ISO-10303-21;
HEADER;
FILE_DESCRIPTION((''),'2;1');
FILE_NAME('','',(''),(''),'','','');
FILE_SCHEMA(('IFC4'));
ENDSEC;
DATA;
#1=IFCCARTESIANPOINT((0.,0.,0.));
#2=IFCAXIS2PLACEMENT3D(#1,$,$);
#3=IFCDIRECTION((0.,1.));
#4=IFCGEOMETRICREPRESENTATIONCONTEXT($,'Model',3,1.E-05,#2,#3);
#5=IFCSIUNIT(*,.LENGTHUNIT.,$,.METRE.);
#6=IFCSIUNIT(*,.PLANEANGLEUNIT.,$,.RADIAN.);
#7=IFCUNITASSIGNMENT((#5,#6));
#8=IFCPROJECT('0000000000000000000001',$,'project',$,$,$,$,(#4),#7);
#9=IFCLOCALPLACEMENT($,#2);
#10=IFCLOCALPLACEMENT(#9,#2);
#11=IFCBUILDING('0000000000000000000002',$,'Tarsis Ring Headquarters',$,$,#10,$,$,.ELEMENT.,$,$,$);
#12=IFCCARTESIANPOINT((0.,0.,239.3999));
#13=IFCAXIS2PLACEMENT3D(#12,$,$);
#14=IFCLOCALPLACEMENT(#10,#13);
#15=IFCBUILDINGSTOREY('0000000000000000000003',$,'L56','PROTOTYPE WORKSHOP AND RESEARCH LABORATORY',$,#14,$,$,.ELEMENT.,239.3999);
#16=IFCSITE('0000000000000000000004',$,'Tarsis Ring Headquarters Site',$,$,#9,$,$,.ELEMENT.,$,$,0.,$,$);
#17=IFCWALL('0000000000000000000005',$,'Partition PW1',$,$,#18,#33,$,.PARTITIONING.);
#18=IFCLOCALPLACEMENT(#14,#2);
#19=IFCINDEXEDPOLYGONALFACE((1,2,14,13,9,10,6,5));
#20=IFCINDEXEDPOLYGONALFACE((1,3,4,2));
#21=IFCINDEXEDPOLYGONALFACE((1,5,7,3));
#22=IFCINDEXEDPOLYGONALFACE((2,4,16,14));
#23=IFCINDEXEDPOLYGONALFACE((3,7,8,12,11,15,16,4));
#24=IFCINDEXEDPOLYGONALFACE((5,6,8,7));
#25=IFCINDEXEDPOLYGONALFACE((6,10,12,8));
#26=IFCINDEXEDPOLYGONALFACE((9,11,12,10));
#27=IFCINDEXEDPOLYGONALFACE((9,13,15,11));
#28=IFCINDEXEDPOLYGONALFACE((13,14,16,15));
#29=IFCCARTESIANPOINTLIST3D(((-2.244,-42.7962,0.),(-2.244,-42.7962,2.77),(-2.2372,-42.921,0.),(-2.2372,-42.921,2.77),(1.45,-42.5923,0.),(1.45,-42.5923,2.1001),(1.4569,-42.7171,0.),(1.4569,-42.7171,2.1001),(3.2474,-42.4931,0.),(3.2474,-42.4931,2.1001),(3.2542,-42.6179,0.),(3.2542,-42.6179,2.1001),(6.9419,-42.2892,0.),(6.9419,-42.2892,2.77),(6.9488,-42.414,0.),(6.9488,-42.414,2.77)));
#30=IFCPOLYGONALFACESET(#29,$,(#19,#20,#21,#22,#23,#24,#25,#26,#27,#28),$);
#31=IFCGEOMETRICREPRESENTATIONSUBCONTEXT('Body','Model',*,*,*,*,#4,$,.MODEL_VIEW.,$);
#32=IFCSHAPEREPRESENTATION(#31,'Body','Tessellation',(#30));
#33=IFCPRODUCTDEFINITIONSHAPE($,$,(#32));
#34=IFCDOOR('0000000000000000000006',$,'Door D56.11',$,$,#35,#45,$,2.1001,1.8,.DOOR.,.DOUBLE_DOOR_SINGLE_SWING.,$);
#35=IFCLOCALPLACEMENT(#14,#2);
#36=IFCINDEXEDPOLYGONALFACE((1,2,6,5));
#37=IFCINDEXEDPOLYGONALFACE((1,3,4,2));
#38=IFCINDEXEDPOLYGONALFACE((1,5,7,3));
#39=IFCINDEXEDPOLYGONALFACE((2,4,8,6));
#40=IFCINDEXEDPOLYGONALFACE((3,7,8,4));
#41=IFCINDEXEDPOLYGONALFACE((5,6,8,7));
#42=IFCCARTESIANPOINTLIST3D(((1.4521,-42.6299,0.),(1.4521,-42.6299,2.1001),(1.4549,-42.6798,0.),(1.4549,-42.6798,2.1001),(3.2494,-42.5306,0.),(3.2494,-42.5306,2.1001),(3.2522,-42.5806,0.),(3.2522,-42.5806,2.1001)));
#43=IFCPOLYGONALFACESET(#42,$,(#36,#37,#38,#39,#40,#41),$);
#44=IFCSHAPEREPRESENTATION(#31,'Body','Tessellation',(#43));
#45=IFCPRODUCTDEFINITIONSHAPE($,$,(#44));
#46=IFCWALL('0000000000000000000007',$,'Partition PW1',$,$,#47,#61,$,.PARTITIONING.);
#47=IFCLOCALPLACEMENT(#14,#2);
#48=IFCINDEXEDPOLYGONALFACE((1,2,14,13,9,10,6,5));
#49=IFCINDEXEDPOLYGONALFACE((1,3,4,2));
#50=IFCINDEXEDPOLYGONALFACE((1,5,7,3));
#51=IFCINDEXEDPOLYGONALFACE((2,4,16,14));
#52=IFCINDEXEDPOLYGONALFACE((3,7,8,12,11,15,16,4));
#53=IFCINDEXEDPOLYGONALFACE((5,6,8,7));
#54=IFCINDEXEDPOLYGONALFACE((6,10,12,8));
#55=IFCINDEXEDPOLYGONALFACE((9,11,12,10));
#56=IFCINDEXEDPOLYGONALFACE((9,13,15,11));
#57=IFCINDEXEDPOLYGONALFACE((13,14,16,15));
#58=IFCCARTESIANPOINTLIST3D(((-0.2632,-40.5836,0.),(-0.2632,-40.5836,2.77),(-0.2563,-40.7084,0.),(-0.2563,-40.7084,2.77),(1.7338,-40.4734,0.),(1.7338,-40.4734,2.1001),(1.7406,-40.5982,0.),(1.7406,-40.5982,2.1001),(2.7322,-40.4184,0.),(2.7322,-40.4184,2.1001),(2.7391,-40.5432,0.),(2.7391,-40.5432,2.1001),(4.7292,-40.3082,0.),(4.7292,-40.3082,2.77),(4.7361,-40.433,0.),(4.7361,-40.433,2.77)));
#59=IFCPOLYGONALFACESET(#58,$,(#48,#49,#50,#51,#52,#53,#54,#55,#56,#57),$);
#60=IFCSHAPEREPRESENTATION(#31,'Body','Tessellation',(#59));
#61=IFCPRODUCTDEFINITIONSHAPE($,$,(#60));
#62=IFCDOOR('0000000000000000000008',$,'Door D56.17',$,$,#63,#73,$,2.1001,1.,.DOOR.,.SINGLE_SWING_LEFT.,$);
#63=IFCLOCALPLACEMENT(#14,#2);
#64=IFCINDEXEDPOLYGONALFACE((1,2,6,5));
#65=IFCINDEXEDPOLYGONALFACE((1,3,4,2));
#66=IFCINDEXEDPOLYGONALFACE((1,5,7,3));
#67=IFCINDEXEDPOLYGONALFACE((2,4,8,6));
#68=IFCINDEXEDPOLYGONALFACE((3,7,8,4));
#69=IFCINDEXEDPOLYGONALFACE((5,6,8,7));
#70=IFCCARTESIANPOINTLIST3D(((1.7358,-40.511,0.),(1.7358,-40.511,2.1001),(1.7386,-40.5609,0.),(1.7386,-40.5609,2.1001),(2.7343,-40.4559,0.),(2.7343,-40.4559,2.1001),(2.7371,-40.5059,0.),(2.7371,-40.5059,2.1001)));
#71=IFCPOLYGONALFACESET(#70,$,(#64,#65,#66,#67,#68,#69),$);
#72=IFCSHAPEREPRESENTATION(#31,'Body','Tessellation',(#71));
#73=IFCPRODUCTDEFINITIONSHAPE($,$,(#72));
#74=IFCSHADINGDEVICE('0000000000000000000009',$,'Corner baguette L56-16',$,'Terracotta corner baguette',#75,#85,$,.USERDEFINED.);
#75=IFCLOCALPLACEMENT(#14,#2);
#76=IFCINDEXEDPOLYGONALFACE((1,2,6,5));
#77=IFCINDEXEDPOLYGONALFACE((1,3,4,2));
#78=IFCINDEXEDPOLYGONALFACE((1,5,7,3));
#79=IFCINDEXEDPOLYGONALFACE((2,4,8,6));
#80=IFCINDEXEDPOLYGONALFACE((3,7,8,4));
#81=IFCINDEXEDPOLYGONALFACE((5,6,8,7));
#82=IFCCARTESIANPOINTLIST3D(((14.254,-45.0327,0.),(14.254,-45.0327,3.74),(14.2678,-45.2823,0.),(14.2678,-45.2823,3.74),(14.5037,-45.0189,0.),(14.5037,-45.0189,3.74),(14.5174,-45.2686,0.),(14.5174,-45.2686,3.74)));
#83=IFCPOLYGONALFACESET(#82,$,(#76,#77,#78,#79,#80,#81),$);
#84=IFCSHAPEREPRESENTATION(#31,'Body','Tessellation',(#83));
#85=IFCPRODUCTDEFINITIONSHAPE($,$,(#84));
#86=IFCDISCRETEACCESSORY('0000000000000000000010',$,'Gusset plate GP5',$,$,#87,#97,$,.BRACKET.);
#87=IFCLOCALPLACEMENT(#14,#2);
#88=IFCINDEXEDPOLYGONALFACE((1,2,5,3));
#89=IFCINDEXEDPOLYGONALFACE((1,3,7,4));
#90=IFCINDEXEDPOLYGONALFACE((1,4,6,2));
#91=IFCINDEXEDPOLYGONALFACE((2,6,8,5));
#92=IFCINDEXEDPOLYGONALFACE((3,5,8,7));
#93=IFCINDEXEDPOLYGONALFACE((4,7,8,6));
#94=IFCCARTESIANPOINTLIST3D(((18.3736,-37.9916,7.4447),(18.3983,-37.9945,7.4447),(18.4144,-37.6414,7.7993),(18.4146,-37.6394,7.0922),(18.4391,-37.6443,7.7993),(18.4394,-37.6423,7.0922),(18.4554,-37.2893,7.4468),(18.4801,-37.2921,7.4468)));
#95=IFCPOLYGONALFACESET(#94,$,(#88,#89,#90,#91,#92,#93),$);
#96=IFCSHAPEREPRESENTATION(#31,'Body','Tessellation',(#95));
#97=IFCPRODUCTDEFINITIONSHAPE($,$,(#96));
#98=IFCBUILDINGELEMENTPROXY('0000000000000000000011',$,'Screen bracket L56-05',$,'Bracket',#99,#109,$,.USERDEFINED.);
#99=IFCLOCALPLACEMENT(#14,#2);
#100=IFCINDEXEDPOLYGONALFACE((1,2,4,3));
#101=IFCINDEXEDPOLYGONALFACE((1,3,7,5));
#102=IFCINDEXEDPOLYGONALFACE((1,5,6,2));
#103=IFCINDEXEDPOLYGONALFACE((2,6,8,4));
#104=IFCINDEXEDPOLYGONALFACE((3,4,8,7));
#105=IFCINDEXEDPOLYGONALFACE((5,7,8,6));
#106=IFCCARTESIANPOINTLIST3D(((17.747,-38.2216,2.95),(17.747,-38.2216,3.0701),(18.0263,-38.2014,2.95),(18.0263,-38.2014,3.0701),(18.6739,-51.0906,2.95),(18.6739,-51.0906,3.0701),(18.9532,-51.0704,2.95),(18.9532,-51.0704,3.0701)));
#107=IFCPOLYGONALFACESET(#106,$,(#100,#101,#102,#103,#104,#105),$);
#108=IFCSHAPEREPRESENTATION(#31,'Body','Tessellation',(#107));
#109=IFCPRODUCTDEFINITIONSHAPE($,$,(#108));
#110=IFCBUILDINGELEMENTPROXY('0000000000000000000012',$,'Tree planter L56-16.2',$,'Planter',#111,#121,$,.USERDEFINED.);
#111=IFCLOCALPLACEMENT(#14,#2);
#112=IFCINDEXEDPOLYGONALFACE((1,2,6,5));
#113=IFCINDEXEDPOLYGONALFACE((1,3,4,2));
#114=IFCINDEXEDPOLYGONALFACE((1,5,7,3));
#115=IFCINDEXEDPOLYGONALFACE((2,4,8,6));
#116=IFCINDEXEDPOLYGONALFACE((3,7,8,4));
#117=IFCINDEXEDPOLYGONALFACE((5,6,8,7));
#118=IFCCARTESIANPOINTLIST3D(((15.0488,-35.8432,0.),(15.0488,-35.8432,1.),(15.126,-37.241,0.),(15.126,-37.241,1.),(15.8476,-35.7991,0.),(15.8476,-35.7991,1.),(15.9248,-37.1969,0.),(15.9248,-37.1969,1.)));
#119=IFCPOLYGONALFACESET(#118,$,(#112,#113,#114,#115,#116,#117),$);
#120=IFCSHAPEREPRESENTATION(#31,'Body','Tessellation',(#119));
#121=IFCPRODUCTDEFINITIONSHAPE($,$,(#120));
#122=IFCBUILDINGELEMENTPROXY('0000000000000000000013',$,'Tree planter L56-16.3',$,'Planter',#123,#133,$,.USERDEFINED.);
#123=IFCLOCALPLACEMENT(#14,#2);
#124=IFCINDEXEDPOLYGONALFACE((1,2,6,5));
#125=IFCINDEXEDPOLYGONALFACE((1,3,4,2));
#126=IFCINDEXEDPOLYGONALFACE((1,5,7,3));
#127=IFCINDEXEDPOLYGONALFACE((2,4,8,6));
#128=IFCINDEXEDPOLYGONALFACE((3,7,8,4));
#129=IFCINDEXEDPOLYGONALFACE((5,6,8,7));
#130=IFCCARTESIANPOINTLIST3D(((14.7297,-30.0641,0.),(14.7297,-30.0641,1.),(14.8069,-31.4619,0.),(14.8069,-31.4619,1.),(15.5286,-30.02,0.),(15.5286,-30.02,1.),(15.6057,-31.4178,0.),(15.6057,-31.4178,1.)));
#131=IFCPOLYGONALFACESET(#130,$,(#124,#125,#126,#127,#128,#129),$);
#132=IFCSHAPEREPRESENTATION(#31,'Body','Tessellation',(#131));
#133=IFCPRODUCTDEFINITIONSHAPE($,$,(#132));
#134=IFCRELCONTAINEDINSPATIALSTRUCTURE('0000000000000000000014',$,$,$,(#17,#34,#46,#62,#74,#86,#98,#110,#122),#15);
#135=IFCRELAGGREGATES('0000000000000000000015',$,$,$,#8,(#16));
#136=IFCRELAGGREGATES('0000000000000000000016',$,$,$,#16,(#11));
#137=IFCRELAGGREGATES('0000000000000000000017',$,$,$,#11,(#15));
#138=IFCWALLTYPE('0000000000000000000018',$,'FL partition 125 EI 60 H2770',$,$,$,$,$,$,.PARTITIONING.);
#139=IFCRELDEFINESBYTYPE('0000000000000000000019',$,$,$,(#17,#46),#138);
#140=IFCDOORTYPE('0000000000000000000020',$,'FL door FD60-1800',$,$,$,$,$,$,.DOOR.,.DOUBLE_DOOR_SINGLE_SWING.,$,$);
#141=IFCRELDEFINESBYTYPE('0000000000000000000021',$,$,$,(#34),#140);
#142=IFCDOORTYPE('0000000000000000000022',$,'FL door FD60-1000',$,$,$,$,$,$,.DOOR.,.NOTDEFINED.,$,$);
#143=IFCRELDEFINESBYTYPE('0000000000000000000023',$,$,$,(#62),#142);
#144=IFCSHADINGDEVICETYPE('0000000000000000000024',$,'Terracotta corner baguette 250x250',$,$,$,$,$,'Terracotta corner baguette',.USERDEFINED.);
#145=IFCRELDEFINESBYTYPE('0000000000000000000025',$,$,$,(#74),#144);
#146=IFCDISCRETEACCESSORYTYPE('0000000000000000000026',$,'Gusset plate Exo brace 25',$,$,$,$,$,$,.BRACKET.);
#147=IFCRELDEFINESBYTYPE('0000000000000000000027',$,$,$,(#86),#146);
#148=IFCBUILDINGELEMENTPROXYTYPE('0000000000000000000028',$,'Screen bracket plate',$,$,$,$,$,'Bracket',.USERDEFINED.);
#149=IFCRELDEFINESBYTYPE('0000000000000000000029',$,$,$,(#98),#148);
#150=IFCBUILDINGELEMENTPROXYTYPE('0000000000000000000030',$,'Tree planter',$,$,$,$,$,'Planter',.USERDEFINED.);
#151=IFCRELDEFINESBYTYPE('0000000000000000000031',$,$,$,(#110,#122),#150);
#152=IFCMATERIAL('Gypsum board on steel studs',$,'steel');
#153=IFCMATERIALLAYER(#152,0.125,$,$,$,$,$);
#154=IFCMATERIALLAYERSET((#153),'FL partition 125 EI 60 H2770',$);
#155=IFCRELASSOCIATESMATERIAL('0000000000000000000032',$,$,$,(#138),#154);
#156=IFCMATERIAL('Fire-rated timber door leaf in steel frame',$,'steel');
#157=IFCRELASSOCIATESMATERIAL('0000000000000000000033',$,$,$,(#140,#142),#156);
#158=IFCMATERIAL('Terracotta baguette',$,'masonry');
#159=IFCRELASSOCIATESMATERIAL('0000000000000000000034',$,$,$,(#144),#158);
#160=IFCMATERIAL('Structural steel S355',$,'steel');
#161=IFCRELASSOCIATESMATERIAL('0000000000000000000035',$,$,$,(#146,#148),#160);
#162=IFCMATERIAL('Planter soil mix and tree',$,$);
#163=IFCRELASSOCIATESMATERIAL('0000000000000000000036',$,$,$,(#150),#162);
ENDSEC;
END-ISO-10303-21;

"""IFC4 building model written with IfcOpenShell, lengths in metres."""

from ifc_helpers import new_model, si_unit, direction, frame, frame_2d, origin, origin_2d, place, context, subcontext, project, spatial, rectangle, extrude, material, layer, layer_set, material_profile, profile_set, type_object, element, fill, save


model = new_model("IFC4")

# Units and contexts
model_context = context("Model", 3, precision=1e-05, world=origin(), true_north=direction((0.0, 1.0)))
body_context = subcontext(model_context, "Body", "Model", "MODEL_VIEW")
ifc_project = project(units=[si_unit("LENGTHUNIT", "METRE"), si_unit("PLANEANGLEUNIT", "RADIAN")], contexts=[model_context])

# Site, building, storey
site_placement = place(None, origin())
site = spatial("IfcSite", under=ifc_project, at=site_placement, Name="Tarsis Ring Headquarters Site", CompositionType="ELEMENT", RefElevation=0.0)
building_placement = place(site_placement, origin())
building = spatial("IfcBuilding", under=site, at=building_placement, Name="Tarsis Ring Headquarters", CompositionType="ELEMENT")
storey_placement = place(building_placement, frame((0.0, 0.0, 239.3999)))
storey = spatial("IfcBuildingStorey", under=building, at=storey_placement, Name="L56", Description="PROTOTYPE WORKSHOP AND RESEARCH LABORATORY", CompositionType="ELEMENT", Elevation=239.3999)

# Shared definitions
ifc_material_1 = material(Name="Structural steel S355", Category="steel")

# Shared definitions
ifc_material_2 = material(Name="Gypsum board on steel studs", Category="steel")

# Walls, openings, doors
ifc_layer_1 = layer(ifc_material_2, 0.125)
ifc_layer_set_1 = layer_set([ifc_layer_1], Name="FL partition 125 EI 60 H2770")
wall_type_1 = type_object("IfcWallType", Name="FL partition 125 EI 60 H2770", PredefinedType="PARTITIONING", material=ifc_layer_set_1)
wall_1_placement = place(storey_placement, frame((-2.2407, -42.8586, 0.0), z_axis=(0.0, 0.0, 1.0), x_axis=(0.99848, 0.055117, 0.0)))
wall_1 = element("IfcWall", 1, at=wall_1_placement, inside=storey, type_object=wall_type_1, Name="Partition PW1", PredefinedType="PARTITIONING", context=body_context, shape_type="SweptSolid", body=[
    extrude(rectangle(XDim=9.2, YDim=0.125, at=frame_2d((4.6001, 0.0))), origin(), (0.0, 0.0, 1.0), 2.77),
])
opening_1_placement = place(wall_1_placement, frame((3.7, 0.0, 0.0)))
opening_1 = element("IfcOpeningElement", 2, at=opening_1_placement, cuts=wall_1, PredefinedType="OPENING", context=body_context, shape_type="SweptSolid", body=[
    extrude(rectangle(XDim=1.8, YDim=2.1001, at=frame_2d((0.8999, 1.05))), frame((0.0, 0.0725, 0.0), z_axis=(0.0, -1.0, 0.0), x_axis=(1.0, 0.0, 0.0)), (0.0, 0.0, 1.0), 0.145),
])
ifc_material_3 = material(Name="Fire-rated timber door leaf in steel frame", Category="steel")
door_type_1 = type_object("IfcDoorType", Name="FL door FD60-1800", OperationType="DOUBLE_DOOR_SINGLE_SWING", PredefinedType="DOOR", material=ifc_material_3)
door_1_placement = place(opening_1_placement, origin())
door_1 = element("IfcDoor", 3, at=door_1_placement, inside=storey, type_object=door_type_1, Name="Door D56.11", OperationType="DOUBLE_DOOR_SINGLE_SWING", OverallHeight=2.1001, OverallWidth=1.8, PredefinedType="DOOR", context=body_context, shape_type="SweptSolid", body=[
    extrude(rectangle(XDim=1.8, YDim=2.1001, at=frame_2d((0.8999, 1.05))), frame((0.0, 0.0249, 0.0), z_axis=(0.0, -1.0, 0.0), x_axis=(1.0, 0.0, 0.0)), (0.0, 0.0, 1.0), 0.05),
])
fill(opening_1, door_1)
wall_2_placement = place(storey_placement, frame((-0.2598, -40.646, 0.0), z_axis=(0.0, 0.0, 1.0), x_axis=(0.998482, 0.055078, 0.0)))
wall_2 = element("IfcWall", 4, at=wall_2_placement, inside=storey, type_object=wall_type_1, Name="Partition PW1", PredefinedType="PARTITIONING", context=body_context, shape_type="SweptSolid", body=[
    extrude(rectangle(XDim=5.0, YDim=0.125, at=frame_2d((2.5, 0.0))), origin(), (0.0, 0.0, 1.0), 2.77),
])
opening_2_placement = place(wall_2_placement, frame((2.0, 0.0, 0.0)))
opening_2 = element("IfcOpeningElement", 5, at=opening_2_placement, cuts=wall_2, PredefinedType="OPENING", context=body_context, shape_type="SweptSolid", body=[
    extrude(rectangle(XDim=1.0, YDim=2.1001, at=frame_2d((0.5, 1.05))), frame((0.0, 0.0725, 0.0), z_axis=(0.0, -1.0, 0.0), x_axis=(1.0, 0.0, 0.0)), (0.0, 0.0, 1.0), 0.145),
])
door_type_2 = type_object("IfcDoorType", Name="FL door FD60-1000", OperationType="NOTDEFINED", PredefinedType="DOOR", material=ifc_material_3)
door_2_placement = place(opening_2_placement, origin())
door_2 = element("IfcDoor", 6, at=door_2_placement, inside=storey, type_object=door_type_2, Name="Door D56.17", OperationType="SINGLE_SWING_LEFT", OverallHeight=2.1001, OverallWidth=1.0, PredefinedType="DOOR", context=body_context, shape_type="SweptSolid", body=[
    extrude(rectangle(XDim=1.0, YDim=2.1001, at=frame_2d((0.5, 1.05))), frame((0.0, 0.0249, 0.0), z_axis=(0.0, -1.0, 0.0), x_axis=(1.0, 0.0, 0.0)), (0.0, 0.0, 1.0), 0.05),
])
fill(opening_2, door_2)

# Shading device
ifc_material_4 = material(Name="Terracotta baguette", Category="masonry")
shading_device_type_1 = type_object("IfcShadingDeviceType", Name="Terracotta corner baguette 250x250", ElementType="Terracotta corner baguette", PredefinedType="USERDEFINED", material=ifc_material_4)
shading_device_1_placement = place(storey_placement, frame((14.3857, -45.1506, 0.0), z_axis=(0.0, 0.0, 1.0), x_axis=(0.998479, 0.055125, 0.0)))
element("IfcShadingDevice", 7, at=shading_device_1_placement, inside=storey, type_object=shading_device_type_1, Name="Corner baguette L56-16", ObjectType="Terracotta corner baguette", PredefinedType="USERDEFINED", context=body_context, shape_type="SweptSolid", body=[
    extrude(rectangle(XDim=0.25, YDim=0.25, at=origin_2d()), origin(), (0.0, 0.0, 1.0), 3.74),
])

# Discrete accessory
ifc_material_profile_1 = material_profile(ifc_material_1, rectangle(XDim=0.0249, YDim=0.5, at=origin_2d()), Name="PL 25x500")
ifc_profile_set_1 = profile_set([ifc_material_profile_1], Name="Structural steel S355")
discrete_accessory_type = type_object("IfcDiscreteAccessoryType", Name="Gusset plate Exo brace 25", PredefinedType="BRACKET", material=ifc_profile_set_1)
discrete_accessory_placement = place(storey_placement, frame((18.4473, -37.4668, 7.623), z_axis=(-0.08156, -0.700342, -0.709133), x_axis=(0.993287, -0.115676, 0.0)))
element("IfcDiscreteAccessory", 8, at=discrete_accessory_placement, inside=storey, type_object=discrete_accessory_type, Name="Gusset plate GP5", PredefinedType="BRACKET", context=body_context, shape_type="SweptSolid", body=[
    extrude(rectangle(XDim=0.0249, YDim=0.5, at=origin_2d()), origin(), (0.0, 0.0, 1.0), 0.5),
])

# Building element proxies
building_element_proxy_type_1 = type_object("IfcBuildingElementProxyType", Name="Screen bracket plate", ElementType="Bracket", PredefinedType="USERDEFINED", material=ifc_material_1)
proxy_placement = place(storey_placement, frame((18.3501, -44.646, 2.95), z_axis=(0.0, 0.0, 1.0), x_axis=(-0.071846, 0.997416, 0.0)))
element("IfcBuildingElementProxy", 9, at=proxy_placement, inside=storey, type_object=building_element_proxy_type_1, Name="Screen bracket L56-05", ObjectType="Bracket", PredefinedType="USERDEFINED", context=body_context, shape_type="SweptSolid", body=[
    extrude(rectangle(XDim=12.9023, YDim=0.28, at=origin_2d()), origin(), (0.0, 0.0, 1.0), 0.1201),
])
ifc_material_5 = material(Name="Planter soil mix and tree")
building_element_proxy_type_2 = type_object("IfcBuildingElementProxyType", Name="Tree planter", ElementType="Planter", PredefinedType="USERDEFINED", material=ifc_material_5)
for number, where, z_axis, x_axis, name in (
    (10, (15.4868, -36.52, 0.0), (0.0, 0.0, 1.0), (-0.055124, 0.998479, 0.0), "Tree planter L56-16.2"),
    (11, (15.1677, -30.741, 0.0), (0.0, 0.0, 1.0), (-0.055124, 0.998479, 0.0), "Tree planter L56-16.3"),
):
    element("IfcBuildingElementProxy", number, at=place(storey_placement, frame(where, z_axis=z_axis, x_axis=x_axis)), inside=storey, type_object=building_element_proxy_type_2, Name=name, ObjectType="Planter", PredefinedType="USERDEFINED", context=body_context, shape_type="SweptSolid", body=[
        extrude(rectangle(XDim=1.3999, YDim=0.8, at=origin_2d()), origin(), (0.0, 0.0, 1.0), 1.0),
    ])

save(model, "model.ifc")
